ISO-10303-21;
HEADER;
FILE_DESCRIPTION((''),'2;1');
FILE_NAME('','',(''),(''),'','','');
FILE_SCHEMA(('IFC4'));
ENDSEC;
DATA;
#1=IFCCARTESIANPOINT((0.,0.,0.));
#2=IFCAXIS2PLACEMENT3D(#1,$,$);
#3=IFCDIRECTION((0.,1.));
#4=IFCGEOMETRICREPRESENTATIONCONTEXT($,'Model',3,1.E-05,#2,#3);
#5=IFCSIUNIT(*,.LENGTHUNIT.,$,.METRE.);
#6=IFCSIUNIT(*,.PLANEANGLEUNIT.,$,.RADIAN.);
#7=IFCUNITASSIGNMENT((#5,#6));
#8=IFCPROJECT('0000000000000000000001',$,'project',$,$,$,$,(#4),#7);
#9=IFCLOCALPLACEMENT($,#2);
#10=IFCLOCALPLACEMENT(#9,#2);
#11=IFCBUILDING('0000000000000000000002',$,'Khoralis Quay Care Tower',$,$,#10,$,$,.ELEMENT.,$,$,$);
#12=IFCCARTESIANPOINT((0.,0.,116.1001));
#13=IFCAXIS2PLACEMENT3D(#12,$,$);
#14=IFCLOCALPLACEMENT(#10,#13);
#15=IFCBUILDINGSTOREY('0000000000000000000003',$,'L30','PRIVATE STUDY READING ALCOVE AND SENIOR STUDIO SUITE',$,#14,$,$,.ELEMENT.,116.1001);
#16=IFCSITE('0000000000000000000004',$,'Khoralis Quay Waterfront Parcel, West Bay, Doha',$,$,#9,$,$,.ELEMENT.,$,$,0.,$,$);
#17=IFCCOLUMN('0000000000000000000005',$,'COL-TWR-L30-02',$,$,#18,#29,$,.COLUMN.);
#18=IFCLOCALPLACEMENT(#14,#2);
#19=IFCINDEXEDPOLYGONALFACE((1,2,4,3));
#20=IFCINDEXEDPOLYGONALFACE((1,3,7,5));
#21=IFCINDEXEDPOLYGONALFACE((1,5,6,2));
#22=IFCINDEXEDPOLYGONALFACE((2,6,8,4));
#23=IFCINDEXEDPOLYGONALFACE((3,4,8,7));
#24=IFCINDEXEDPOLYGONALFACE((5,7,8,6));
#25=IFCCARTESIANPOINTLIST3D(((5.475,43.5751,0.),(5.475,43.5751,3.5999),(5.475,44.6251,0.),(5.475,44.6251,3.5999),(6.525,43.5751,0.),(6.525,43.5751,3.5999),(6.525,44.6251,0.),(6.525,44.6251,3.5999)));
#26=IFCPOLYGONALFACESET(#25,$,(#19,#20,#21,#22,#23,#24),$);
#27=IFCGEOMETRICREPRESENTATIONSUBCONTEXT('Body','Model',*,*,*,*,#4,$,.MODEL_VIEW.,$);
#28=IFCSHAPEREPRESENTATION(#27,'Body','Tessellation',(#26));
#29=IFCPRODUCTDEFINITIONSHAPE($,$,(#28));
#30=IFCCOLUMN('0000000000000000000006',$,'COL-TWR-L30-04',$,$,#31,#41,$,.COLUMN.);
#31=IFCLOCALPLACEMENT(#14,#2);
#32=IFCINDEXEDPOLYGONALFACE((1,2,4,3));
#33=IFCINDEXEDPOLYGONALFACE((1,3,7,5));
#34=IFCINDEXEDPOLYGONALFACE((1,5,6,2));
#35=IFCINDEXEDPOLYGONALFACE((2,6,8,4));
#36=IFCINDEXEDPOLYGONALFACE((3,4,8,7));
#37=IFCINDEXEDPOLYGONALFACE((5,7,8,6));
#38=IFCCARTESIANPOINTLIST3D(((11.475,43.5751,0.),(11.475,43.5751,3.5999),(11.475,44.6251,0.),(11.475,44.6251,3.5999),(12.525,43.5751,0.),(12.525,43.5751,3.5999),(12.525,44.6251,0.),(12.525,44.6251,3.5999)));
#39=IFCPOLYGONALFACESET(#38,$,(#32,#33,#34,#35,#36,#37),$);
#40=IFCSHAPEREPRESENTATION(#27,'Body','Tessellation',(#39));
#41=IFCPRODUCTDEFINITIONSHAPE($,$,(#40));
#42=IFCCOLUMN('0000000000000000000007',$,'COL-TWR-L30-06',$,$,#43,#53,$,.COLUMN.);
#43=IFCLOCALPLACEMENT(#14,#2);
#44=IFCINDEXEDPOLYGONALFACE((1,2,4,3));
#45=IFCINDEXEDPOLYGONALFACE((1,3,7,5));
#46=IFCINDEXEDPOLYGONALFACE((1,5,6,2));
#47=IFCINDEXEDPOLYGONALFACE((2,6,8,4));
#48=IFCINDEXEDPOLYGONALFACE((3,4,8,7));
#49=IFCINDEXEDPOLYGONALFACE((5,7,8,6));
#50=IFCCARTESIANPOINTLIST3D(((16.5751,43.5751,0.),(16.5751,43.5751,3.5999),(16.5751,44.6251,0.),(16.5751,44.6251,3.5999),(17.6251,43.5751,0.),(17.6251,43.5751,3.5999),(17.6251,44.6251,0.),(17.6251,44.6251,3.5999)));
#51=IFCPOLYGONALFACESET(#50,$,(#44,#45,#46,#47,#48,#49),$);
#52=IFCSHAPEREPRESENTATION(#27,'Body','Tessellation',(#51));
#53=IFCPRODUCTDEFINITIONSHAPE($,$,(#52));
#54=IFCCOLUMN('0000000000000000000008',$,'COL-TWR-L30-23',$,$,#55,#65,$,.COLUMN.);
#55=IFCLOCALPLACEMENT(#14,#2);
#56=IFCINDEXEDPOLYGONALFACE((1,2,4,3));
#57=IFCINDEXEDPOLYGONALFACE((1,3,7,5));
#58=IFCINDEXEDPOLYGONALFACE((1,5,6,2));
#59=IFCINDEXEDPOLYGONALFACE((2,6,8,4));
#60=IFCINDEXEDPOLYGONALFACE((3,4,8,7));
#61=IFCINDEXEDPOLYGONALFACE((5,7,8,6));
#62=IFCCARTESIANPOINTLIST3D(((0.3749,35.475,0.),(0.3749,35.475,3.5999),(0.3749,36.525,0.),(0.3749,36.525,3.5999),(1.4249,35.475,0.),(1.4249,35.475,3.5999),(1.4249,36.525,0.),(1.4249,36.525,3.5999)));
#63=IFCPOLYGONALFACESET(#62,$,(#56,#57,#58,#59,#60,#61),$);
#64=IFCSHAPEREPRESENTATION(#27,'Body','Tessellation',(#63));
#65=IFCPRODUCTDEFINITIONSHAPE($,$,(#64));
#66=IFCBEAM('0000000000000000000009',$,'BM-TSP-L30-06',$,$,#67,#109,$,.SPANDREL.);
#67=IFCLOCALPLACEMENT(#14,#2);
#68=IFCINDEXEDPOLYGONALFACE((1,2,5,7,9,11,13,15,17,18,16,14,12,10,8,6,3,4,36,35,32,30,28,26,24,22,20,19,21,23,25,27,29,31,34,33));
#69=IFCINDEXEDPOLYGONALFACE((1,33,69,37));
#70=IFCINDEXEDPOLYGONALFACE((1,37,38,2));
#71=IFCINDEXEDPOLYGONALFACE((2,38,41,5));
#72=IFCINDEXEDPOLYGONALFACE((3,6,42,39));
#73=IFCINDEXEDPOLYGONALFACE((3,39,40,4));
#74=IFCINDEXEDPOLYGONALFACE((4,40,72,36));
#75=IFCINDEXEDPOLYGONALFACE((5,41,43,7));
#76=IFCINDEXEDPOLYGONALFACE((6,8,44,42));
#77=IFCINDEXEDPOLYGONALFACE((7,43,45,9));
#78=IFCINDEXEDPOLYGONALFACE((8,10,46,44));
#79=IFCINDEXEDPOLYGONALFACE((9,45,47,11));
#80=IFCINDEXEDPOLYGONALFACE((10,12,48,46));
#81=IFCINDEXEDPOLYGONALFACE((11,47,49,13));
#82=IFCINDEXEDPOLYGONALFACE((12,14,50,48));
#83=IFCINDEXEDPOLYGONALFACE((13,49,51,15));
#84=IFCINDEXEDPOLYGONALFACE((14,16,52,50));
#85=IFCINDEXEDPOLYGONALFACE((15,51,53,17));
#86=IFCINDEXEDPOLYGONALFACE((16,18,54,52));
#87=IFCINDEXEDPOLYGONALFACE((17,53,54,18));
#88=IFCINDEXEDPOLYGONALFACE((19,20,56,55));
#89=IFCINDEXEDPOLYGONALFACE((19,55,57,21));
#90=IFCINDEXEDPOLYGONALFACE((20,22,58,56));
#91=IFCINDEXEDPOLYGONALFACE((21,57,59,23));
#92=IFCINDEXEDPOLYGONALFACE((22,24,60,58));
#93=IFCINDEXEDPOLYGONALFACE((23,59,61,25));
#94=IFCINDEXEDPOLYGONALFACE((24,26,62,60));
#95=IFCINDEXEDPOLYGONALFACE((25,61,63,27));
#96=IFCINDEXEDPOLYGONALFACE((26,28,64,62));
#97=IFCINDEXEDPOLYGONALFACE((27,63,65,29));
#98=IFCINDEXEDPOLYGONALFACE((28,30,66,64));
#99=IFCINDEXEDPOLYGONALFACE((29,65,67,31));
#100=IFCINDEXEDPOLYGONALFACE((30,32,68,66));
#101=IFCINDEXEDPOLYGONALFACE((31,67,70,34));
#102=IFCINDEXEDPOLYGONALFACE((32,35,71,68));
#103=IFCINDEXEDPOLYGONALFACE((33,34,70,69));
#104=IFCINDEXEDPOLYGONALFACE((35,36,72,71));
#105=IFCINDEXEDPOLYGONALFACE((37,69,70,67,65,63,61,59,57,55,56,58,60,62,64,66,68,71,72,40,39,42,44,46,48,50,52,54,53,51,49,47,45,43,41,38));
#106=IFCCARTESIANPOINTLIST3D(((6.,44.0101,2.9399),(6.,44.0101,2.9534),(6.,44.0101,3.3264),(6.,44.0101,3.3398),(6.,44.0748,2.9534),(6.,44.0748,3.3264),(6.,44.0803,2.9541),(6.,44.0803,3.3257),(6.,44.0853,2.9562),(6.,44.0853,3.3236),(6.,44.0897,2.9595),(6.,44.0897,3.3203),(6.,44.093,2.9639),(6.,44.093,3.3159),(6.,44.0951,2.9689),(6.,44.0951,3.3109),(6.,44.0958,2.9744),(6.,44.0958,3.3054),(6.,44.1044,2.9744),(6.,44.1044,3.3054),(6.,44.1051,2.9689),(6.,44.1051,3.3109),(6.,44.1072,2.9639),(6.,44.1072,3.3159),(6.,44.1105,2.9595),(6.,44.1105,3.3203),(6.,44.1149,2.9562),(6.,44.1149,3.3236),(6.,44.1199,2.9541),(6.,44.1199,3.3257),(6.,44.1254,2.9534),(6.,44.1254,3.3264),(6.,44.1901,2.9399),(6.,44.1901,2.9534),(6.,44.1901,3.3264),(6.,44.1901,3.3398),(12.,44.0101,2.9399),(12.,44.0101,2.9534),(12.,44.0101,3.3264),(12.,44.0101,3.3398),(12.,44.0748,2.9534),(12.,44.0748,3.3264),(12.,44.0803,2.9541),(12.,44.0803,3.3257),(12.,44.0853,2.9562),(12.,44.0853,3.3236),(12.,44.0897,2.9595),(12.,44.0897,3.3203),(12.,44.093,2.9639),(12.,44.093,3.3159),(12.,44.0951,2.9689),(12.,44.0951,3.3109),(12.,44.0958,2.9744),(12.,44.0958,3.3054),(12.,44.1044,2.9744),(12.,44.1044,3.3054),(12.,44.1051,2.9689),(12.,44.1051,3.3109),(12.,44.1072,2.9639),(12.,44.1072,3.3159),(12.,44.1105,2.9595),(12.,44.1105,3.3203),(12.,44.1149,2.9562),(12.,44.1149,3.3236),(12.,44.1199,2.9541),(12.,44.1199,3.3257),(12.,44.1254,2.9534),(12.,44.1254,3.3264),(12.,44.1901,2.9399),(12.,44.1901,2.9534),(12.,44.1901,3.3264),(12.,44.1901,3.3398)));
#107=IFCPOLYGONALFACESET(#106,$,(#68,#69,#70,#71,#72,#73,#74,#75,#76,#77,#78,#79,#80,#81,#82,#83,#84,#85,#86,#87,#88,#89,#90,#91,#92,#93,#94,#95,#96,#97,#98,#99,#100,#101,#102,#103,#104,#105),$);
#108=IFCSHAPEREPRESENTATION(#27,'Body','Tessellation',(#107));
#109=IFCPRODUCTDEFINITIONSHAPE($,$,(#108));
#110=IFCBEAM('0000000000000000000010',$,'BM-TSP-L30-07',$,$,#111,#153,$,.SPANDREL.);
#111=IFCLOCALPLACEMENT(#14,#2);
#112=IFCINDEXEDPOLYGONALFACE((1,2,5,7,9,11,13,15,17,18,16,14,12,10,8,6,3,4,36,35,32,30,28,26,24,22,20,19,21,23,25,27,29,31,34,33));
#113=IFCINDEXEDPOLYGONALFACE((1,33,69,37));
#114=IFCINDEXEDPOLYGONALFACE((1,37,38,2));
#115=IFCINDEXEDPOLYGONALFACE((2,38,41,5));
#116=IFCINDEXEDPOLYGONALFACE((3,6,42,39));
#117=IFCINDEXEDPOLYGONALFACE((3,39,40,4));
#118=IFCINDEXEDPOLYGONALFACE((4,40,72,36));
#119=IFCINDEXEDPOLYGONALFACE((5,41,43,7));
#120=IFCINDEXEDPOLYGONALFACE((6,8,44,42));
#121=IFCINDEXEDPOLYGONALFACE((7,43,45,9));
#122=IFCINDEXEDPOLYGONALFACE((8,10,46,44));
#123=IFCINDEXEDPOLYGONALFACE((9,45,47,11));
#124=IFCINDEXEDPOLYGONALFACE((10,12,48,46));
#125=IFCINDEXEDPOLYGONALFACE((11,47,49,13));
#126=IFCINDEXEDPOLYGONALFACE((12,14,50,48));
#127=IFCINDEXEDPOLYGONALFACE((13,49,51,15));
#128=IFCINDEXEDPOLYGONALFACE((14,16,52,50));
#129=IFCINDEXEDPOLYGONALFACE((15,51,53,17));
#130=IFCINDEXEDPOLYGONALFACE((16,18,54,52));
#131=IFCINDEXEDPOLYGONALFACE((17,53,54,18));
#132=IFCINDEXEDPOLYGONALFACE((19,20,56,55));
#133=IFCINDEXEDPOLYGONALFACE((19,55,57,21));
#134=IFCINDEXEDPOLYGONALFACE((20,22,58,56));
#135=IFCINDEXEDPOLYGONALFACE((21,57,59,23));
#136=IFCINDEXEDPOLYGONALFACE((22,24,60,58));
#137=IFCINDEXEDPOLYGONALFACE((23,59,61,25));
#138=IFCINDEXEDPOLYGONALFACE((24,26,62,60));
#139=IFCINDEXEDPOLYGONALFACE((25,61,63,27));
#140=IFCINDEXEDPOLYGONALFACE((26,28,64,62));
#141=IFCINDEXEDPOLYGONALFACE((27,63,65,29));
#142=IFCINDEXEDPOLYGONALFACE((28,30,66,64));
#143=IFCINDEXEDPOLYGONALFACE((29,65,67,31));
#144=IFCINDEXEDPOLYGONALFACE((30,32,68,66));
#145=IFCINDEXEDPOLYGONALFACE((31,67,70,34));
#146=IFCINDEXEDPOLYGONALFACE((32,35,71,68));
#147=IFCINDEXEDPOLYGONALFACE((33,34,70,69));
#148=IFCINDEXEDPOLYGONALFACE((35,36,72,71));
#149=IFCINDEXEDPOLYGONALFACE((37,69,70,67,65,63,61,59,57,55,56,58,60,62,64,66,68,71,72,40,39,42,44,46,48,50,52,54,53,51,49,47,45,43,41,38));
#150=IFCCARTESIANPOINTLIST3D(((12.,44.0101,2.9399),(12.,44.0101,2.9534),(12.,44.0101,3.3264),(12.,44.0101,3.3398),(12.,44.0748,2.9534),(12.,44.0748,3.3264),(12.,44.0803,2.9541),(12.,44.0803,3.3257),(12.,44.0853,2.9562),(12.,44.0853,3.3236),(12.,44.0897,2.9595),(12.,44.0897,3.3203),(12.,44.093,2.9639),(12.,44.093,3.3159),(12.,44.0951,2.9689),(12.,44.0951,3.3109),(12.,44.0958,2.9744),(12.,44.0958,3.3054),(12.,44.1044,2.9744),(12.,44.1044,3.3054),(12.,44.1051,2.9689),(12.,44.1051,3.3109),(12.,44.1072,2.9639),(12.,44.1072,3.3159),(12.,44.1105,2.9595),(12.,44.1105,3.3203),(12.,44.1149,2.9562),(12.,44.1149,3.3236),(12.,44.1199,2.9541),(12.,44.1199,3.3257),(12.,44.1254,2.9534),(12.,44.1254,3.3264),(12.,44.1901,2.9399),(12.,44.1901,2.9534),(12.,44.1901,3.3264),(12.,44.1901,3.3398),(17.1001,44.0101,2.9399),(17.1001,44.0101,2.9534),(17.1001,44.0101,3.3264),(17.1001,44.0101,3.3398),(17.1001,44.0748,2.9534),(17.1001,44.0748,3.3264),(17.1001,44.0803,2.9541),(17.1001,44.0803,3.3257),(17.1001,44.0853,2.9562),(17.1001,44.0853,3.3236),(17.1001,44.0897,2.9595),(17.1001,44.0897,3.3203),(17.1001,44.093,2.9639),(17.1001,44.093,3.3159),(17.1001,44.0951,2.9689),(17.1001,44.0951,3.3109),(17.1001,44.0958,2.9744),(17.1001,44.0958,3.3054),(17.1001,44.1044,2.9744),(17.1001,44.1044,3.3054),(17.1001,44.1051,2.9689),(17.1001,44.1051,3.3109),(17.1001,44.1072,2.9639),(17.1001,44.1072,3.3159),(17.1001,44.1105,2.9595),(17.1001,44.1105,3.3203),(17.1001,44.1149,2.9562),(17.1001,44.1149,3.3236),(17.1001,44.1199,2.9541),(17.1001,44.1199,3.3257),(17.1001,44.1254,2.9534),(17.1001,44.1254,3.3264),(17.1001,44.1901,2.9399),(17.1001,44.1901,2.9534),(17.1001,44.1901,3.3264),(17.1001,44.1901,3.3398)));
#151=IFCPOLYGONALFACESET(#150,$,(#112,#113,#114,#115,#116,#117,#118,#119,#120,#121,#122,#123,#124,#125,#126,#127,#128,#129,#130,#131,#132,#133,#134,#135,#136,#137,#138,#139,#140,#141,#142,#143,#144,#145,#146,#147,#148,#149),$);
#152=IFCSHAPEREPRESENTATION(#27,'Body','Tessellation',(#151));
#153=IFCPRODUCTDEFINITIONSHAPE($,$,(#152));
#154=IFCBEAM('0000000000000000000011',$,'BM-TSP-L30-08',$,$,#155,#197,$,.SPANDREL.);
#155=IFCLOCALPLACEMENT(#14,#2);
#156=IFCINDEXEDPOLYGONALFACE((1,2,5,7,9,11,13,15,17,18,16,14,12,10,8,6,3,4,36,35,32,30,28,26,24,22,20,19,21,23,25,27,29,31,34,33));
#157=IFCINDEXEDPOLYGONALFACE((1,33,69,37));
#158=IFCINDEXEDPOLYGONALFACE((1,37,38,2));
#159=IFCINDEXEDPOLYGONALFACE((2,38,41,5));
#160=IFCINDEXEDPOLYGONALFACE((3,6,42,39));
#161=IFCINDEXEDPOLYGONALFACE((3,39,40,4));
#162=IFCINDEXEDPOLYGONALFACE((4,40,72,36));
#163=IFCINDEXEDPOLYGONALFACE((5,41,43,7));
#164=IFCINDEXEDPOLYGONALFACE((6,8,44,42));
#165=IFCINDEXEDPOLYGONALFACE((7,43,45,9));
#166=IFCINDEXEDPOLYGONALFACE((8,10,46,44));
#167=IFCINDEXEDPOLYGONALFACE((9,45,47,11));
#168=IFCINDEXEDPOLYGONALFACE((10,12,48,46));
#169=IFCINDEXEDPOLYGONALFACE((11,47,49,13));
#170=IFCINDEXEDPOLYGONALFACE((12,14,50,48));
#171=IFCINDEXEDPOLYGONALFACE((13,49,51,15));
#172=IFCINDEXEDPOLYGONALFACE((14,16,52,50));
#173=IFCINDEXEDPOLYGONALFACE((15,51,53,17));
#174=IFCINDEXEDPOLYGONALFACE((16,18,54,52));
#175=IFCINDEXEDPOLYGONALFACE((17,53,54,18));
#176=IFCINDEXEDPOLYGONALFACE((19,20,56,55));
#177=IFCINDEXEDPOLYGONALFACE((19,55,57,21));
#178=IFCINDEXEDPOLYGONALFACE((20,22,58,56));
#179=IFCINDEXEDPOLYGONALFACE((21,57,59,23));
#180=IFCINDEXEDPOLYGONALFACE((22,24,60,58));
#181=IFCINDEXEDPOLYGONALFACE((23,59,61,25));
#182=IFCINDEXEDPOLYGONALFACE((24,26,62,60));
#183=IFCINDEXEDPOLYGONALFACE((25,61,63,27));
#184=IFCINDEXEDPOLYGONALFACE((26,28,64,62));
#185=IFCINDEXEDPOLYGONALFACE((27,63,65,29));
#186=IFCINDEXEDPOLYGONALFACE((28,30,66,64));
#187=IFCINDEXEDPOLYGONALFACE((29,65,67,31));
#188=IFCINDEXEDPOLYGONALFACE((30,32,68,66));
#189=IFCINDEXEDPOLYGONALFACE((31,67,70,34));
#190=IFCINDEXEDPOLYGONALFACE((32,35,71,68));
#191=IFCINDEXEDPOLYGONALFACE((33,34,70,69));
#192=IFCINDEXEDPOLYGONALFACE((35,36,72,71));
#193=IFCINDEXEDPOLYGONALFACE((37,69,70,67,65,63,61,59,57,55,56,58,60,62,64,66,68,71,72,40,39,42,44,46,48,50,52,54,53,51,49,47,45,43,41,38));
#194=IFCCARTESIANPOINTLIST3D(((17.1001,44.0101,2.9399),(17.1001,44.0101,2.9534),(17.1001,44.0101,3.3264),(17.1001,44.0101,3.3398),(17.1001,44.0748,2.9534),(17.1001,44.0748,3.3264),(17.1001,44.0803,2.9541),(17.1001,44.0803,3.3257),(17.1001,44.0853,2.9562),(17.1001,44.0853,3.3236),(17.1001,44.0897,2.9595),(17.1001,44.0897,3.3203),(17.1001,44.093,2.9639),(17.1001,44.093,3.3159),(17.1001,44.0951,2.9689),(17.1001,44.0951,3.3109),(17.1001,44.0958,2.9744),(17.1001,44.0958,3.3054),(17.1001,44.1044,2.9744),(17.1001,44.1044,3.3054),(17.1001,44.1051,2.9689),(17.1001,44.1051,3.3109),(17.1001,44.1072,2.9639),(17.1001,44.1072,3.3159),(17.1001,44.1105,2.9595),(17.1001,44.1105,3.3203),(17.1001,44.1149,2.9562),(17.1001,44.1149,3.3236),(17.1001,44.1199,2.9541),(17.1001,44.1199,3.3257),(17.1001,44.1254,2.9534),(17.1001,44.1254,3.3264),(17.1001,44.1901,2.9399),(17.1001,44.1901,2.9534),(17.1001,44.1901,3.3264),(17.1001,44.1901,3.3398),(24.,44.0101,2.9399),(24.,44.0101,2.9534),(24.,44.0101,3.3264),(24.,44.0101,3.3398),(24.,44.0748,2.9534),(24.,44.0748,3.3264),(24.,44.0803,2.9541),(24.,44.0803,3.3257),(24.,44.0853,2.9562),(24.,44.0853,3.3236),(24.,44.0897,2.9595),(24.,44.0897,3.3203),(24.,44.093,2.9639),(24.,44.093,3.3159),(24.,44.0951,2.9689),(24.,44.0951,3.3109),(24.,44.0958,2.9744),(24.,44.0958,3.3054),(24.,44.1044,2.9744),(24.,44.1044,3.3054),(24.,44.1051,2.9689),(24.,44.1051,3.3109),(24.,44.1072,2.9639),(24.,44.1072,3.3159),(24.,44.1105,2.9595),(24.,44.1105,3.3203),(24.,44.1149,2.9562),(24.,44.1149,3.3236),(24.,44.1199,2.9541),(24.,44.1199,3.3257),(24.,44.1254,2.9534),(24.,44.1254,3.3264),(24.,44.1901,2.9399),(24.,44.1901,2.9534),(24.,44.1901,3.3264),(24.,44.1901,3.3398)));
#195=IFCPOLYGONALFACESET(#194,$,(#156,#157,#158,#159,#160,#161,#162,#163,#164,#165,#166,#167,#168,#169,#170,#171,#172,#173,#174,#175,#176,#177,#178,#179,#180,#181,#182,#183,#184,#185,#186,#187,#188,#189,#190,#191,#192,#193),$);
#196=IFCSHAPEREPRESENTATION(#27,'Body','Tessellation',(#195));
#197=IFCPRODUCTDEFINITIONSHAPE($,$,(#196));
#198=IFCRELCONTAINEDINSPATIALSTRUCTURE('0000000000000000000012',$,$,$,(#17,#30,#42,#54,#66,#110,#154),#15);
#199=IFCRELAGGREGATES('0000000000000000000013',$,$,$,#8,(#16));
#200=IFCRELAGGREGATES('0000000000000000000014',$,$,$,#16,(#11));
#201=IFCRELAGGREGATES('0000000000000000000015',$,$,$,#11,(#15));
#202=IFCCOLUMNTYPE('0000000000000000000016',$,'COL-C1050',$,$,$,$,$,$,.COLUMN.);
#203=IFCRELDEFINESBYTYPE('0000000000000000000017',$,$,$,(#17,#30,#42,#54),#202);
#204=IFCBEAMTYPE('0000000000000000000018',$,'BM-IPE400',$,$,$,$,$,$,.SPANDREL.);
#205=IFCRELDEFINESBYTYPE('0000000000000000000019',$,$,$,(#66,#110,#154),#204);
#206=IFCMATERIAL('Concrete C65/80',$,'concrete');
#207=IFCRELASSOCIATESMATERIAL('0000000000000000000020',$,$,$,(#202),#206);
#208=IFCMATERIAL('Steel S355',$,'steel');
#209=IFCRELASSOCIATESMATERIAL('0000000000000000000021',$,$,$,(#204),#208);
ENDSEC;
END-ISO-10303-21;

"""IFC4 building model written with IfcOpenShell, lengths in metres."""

from ifc_helpers import new_model, si_unit, direction, frame, origin, origin_2d, place, context, subcontext, project, spatial, rectangle, i_section, extrude, source, transform, mapped, material, material_profile, profile_set, type_object, element, save


model = new_model("IFC4")

# Units and contexts
model_context = context("Model", 3, precision=1e-05, world=origin(), true_north=direction((0.0, 1.0)))
body_context = subcontext(model_context, "Body", "Model", "MODEL_VIEW")
ifc_project = project(units=[si_unit("LENGTHUNIT", "METRE"), si_unit("PLANEANGLEUNIT", "RADIAN")], contexts=[model_context])

# Site, building, storey
site_placement = place(None, origin())
site = spatial("IfcSite", under=ifc_project, at=site_placement, Name="Khoralis Quay Waterfront Parcel, West Bay, Doha", CompositionType="ELEMENT", RefElevation=0.0)
building_placement = place(site_placement, origin())
building = spatial("IfcBuilding", under=site, at=building_placement, Name="Khoralis Quay Care Tower", CompositionType="ELEMENT")
storey_placement = place(building_placement, frame((0.0, 0.0, 116.1001)))
storey = spatial("IfcBuildingStorey", under=building, at=storey_placement, Name="L30", Description="PRIVATE STUDY READING ALCOVE AND SENIOR STUDIO SUITE", CompositionType="ELEMENT", Elevation=116.1001)

# Columns
ifc_material_1 = material(Name="Concrete C65/80", Category="concrete")
ifc_material_profile_1 = material_profile(ifc_material_1, rectangle(XDim=1.05, YDim=1.05, at=origin_2d()), Name="Concrete C65/80")
ifc_profile_set_1 = profile_set([ifc_material_profile_1], Name="Concrete C65/80")
column_type = type_object("IfcColumnType", Name="COL-C1050", PredefinedType="COLUMN", material=ifc_profile_set_1)
shared_shape_1 = source(origin(), body_context, "Body", "SweptSolid", [
    extrude(rectangle(XDim=1.05, YDim=1.05, at=origin_2d()), origin(), (0.0, 0.0, 1.0), 3.5999),
])
for number, where, z_axis, x_axis, name in (
    (1, (6.0, 44.1001, 0.0), (0.0, 0.0, 1.0), (1.0, 0.0, 0.0), "COL-TWR-L30-02"),
    (2, (12.0, 44.1001, 0.0), (0.0, 0.0, 1.0), (1.0, 0.0, 0.0), "COL-TWR-L30-04"),
    (3, (17.1001, 44.1001, 0.0), (0.0, 0.0, 1.0), (1.0, 0.0, 0.0), "COL-TWR-L30-06"),
    (4, (0.8999, 36.0, 0.0), (0.0, 0.0, 1.0), (1.0, 0.0, 0.0), "COL-TWR-L30-23"),
):
    element("IfcColumn", number, at=place(storey_placement, frame(where, z_axis=z_axis, x_axis=x_axis)), inside=storey, type_object=column_type, Name=name, PredefinedType="COLUMN", context=body_context, shape_type="MappedRepresentation", body=[
        mapped(shared_shape_1, transform((0.0, 0.0, 0.0), scale=1.0)),
    ])

# Beams
ifc_material_2 = material(Name="Steel S355", Category="steel")
ifc_material_profile_2 = material_profile(ifc_material_2, i_section(OverallWidth=0.1799, OverallDepth=0.3999, WebThickness=0.0085, FlangeThickness=0.0134, FilletRadius=0.021, at=origin_2d()), Name="Steel S355")
ifc_profile_set_2 = profile_set([ifc_material_profile_2], Name="Steel S355")
beam_type_1 = type_object("IfcBeamType", Name="BM-IPE400", PredefinedType="SPANDREL", material=ifc_profile_set_2)
shared_shape_2 = source(origin(), body_context, "Body", "SweptSolid", [
    extrude(i_section(OverallWidth=0.1799, OverallDepth=0.3999, WebThickness=0.0085, FlangeThickness=0.0134, FilletRadius=0.021, at=origin_2d()), origin(), (0.0, 0.0, 1.0), 6.0),
])
beam_1_placement = place(storey_placement, frame((6.0, 44.1001, 3.1399), z_axis=(1.0, 0.0, 0.0), x_axis=(0.0, 1.0, 0.0)))
element("IfcBeam", 5, at=beam_1_placement, inside=storey, type_object=beam_type_1, Name="BM-TSP-L30-06", PredefinedType="SPANDREL", context=body_context, shape_type="MappedRepresentation", body=[
    mapped(shared_shape_2, transform((0.0, 0.0, 0.0), scale=1.0)),
])
shared_shape_3 = source(origin(), body_context, "Body", "SweptSolid", [
    extrude(i_section(OverallWidth=0.1799, OverallDepth=0.3999, WebThickness=0.0085, FlangeThickness=0.0134, FilletRadius=0.021, at=origin_2d()), origin(), (0.0, 0.0, 1.0), 5.1001),
])
beam_2_placement = place(storey_placement, frame((12.0, 44.1001, 3.1399), z_axis=(1.0, 0.0, 0.0), x_axis=(0.0, 1.0, 0.0)))
element("IfcBeam", 6, at=beam_2_placement, inside=storey, type_object=beam_type_1, Name="BM-TSP-L30-07", PredefinedType="SPANDREL", context=body_context, shape_type="MappedRepresentation", body=[
    mapped(shared_shape_3, transform((0.0, 0.0, 0.0), scale=1.0)),
])
shared_shape_4 = source(origin(), body_context, "Body", "SweptSolid", [
    extrude(i_section(OverallWidth=0.1799, OverallDepth=0.3999, WebThickness=0.0085, FlangeThickness=0.0134, FilletRadius=0.021, at=origin_2d()), origin(), (0.0, 0.0, 1.0), 6.8999),
])
beam_3_placement = place(storey_placement, frame((17.1001, 44.1001, 3.1399), z_axis=(1.0, 0.0, 0.0), x_axis=(0.0, 1.0, 0.0)))
element("IfcBeam", 7, at=beam_3_placement, inside=storey, type_object=beam_type_1, Name="BM-TSP-L30-08", PredefinedType="SPANDREL", context=body_context, shape_type="MappedRepresentation", body=[
    mapped(shared_shape_4, transform((0.0, 0.0, 0.0), scale=1.0)),
])

save(model, "model.ifc")
